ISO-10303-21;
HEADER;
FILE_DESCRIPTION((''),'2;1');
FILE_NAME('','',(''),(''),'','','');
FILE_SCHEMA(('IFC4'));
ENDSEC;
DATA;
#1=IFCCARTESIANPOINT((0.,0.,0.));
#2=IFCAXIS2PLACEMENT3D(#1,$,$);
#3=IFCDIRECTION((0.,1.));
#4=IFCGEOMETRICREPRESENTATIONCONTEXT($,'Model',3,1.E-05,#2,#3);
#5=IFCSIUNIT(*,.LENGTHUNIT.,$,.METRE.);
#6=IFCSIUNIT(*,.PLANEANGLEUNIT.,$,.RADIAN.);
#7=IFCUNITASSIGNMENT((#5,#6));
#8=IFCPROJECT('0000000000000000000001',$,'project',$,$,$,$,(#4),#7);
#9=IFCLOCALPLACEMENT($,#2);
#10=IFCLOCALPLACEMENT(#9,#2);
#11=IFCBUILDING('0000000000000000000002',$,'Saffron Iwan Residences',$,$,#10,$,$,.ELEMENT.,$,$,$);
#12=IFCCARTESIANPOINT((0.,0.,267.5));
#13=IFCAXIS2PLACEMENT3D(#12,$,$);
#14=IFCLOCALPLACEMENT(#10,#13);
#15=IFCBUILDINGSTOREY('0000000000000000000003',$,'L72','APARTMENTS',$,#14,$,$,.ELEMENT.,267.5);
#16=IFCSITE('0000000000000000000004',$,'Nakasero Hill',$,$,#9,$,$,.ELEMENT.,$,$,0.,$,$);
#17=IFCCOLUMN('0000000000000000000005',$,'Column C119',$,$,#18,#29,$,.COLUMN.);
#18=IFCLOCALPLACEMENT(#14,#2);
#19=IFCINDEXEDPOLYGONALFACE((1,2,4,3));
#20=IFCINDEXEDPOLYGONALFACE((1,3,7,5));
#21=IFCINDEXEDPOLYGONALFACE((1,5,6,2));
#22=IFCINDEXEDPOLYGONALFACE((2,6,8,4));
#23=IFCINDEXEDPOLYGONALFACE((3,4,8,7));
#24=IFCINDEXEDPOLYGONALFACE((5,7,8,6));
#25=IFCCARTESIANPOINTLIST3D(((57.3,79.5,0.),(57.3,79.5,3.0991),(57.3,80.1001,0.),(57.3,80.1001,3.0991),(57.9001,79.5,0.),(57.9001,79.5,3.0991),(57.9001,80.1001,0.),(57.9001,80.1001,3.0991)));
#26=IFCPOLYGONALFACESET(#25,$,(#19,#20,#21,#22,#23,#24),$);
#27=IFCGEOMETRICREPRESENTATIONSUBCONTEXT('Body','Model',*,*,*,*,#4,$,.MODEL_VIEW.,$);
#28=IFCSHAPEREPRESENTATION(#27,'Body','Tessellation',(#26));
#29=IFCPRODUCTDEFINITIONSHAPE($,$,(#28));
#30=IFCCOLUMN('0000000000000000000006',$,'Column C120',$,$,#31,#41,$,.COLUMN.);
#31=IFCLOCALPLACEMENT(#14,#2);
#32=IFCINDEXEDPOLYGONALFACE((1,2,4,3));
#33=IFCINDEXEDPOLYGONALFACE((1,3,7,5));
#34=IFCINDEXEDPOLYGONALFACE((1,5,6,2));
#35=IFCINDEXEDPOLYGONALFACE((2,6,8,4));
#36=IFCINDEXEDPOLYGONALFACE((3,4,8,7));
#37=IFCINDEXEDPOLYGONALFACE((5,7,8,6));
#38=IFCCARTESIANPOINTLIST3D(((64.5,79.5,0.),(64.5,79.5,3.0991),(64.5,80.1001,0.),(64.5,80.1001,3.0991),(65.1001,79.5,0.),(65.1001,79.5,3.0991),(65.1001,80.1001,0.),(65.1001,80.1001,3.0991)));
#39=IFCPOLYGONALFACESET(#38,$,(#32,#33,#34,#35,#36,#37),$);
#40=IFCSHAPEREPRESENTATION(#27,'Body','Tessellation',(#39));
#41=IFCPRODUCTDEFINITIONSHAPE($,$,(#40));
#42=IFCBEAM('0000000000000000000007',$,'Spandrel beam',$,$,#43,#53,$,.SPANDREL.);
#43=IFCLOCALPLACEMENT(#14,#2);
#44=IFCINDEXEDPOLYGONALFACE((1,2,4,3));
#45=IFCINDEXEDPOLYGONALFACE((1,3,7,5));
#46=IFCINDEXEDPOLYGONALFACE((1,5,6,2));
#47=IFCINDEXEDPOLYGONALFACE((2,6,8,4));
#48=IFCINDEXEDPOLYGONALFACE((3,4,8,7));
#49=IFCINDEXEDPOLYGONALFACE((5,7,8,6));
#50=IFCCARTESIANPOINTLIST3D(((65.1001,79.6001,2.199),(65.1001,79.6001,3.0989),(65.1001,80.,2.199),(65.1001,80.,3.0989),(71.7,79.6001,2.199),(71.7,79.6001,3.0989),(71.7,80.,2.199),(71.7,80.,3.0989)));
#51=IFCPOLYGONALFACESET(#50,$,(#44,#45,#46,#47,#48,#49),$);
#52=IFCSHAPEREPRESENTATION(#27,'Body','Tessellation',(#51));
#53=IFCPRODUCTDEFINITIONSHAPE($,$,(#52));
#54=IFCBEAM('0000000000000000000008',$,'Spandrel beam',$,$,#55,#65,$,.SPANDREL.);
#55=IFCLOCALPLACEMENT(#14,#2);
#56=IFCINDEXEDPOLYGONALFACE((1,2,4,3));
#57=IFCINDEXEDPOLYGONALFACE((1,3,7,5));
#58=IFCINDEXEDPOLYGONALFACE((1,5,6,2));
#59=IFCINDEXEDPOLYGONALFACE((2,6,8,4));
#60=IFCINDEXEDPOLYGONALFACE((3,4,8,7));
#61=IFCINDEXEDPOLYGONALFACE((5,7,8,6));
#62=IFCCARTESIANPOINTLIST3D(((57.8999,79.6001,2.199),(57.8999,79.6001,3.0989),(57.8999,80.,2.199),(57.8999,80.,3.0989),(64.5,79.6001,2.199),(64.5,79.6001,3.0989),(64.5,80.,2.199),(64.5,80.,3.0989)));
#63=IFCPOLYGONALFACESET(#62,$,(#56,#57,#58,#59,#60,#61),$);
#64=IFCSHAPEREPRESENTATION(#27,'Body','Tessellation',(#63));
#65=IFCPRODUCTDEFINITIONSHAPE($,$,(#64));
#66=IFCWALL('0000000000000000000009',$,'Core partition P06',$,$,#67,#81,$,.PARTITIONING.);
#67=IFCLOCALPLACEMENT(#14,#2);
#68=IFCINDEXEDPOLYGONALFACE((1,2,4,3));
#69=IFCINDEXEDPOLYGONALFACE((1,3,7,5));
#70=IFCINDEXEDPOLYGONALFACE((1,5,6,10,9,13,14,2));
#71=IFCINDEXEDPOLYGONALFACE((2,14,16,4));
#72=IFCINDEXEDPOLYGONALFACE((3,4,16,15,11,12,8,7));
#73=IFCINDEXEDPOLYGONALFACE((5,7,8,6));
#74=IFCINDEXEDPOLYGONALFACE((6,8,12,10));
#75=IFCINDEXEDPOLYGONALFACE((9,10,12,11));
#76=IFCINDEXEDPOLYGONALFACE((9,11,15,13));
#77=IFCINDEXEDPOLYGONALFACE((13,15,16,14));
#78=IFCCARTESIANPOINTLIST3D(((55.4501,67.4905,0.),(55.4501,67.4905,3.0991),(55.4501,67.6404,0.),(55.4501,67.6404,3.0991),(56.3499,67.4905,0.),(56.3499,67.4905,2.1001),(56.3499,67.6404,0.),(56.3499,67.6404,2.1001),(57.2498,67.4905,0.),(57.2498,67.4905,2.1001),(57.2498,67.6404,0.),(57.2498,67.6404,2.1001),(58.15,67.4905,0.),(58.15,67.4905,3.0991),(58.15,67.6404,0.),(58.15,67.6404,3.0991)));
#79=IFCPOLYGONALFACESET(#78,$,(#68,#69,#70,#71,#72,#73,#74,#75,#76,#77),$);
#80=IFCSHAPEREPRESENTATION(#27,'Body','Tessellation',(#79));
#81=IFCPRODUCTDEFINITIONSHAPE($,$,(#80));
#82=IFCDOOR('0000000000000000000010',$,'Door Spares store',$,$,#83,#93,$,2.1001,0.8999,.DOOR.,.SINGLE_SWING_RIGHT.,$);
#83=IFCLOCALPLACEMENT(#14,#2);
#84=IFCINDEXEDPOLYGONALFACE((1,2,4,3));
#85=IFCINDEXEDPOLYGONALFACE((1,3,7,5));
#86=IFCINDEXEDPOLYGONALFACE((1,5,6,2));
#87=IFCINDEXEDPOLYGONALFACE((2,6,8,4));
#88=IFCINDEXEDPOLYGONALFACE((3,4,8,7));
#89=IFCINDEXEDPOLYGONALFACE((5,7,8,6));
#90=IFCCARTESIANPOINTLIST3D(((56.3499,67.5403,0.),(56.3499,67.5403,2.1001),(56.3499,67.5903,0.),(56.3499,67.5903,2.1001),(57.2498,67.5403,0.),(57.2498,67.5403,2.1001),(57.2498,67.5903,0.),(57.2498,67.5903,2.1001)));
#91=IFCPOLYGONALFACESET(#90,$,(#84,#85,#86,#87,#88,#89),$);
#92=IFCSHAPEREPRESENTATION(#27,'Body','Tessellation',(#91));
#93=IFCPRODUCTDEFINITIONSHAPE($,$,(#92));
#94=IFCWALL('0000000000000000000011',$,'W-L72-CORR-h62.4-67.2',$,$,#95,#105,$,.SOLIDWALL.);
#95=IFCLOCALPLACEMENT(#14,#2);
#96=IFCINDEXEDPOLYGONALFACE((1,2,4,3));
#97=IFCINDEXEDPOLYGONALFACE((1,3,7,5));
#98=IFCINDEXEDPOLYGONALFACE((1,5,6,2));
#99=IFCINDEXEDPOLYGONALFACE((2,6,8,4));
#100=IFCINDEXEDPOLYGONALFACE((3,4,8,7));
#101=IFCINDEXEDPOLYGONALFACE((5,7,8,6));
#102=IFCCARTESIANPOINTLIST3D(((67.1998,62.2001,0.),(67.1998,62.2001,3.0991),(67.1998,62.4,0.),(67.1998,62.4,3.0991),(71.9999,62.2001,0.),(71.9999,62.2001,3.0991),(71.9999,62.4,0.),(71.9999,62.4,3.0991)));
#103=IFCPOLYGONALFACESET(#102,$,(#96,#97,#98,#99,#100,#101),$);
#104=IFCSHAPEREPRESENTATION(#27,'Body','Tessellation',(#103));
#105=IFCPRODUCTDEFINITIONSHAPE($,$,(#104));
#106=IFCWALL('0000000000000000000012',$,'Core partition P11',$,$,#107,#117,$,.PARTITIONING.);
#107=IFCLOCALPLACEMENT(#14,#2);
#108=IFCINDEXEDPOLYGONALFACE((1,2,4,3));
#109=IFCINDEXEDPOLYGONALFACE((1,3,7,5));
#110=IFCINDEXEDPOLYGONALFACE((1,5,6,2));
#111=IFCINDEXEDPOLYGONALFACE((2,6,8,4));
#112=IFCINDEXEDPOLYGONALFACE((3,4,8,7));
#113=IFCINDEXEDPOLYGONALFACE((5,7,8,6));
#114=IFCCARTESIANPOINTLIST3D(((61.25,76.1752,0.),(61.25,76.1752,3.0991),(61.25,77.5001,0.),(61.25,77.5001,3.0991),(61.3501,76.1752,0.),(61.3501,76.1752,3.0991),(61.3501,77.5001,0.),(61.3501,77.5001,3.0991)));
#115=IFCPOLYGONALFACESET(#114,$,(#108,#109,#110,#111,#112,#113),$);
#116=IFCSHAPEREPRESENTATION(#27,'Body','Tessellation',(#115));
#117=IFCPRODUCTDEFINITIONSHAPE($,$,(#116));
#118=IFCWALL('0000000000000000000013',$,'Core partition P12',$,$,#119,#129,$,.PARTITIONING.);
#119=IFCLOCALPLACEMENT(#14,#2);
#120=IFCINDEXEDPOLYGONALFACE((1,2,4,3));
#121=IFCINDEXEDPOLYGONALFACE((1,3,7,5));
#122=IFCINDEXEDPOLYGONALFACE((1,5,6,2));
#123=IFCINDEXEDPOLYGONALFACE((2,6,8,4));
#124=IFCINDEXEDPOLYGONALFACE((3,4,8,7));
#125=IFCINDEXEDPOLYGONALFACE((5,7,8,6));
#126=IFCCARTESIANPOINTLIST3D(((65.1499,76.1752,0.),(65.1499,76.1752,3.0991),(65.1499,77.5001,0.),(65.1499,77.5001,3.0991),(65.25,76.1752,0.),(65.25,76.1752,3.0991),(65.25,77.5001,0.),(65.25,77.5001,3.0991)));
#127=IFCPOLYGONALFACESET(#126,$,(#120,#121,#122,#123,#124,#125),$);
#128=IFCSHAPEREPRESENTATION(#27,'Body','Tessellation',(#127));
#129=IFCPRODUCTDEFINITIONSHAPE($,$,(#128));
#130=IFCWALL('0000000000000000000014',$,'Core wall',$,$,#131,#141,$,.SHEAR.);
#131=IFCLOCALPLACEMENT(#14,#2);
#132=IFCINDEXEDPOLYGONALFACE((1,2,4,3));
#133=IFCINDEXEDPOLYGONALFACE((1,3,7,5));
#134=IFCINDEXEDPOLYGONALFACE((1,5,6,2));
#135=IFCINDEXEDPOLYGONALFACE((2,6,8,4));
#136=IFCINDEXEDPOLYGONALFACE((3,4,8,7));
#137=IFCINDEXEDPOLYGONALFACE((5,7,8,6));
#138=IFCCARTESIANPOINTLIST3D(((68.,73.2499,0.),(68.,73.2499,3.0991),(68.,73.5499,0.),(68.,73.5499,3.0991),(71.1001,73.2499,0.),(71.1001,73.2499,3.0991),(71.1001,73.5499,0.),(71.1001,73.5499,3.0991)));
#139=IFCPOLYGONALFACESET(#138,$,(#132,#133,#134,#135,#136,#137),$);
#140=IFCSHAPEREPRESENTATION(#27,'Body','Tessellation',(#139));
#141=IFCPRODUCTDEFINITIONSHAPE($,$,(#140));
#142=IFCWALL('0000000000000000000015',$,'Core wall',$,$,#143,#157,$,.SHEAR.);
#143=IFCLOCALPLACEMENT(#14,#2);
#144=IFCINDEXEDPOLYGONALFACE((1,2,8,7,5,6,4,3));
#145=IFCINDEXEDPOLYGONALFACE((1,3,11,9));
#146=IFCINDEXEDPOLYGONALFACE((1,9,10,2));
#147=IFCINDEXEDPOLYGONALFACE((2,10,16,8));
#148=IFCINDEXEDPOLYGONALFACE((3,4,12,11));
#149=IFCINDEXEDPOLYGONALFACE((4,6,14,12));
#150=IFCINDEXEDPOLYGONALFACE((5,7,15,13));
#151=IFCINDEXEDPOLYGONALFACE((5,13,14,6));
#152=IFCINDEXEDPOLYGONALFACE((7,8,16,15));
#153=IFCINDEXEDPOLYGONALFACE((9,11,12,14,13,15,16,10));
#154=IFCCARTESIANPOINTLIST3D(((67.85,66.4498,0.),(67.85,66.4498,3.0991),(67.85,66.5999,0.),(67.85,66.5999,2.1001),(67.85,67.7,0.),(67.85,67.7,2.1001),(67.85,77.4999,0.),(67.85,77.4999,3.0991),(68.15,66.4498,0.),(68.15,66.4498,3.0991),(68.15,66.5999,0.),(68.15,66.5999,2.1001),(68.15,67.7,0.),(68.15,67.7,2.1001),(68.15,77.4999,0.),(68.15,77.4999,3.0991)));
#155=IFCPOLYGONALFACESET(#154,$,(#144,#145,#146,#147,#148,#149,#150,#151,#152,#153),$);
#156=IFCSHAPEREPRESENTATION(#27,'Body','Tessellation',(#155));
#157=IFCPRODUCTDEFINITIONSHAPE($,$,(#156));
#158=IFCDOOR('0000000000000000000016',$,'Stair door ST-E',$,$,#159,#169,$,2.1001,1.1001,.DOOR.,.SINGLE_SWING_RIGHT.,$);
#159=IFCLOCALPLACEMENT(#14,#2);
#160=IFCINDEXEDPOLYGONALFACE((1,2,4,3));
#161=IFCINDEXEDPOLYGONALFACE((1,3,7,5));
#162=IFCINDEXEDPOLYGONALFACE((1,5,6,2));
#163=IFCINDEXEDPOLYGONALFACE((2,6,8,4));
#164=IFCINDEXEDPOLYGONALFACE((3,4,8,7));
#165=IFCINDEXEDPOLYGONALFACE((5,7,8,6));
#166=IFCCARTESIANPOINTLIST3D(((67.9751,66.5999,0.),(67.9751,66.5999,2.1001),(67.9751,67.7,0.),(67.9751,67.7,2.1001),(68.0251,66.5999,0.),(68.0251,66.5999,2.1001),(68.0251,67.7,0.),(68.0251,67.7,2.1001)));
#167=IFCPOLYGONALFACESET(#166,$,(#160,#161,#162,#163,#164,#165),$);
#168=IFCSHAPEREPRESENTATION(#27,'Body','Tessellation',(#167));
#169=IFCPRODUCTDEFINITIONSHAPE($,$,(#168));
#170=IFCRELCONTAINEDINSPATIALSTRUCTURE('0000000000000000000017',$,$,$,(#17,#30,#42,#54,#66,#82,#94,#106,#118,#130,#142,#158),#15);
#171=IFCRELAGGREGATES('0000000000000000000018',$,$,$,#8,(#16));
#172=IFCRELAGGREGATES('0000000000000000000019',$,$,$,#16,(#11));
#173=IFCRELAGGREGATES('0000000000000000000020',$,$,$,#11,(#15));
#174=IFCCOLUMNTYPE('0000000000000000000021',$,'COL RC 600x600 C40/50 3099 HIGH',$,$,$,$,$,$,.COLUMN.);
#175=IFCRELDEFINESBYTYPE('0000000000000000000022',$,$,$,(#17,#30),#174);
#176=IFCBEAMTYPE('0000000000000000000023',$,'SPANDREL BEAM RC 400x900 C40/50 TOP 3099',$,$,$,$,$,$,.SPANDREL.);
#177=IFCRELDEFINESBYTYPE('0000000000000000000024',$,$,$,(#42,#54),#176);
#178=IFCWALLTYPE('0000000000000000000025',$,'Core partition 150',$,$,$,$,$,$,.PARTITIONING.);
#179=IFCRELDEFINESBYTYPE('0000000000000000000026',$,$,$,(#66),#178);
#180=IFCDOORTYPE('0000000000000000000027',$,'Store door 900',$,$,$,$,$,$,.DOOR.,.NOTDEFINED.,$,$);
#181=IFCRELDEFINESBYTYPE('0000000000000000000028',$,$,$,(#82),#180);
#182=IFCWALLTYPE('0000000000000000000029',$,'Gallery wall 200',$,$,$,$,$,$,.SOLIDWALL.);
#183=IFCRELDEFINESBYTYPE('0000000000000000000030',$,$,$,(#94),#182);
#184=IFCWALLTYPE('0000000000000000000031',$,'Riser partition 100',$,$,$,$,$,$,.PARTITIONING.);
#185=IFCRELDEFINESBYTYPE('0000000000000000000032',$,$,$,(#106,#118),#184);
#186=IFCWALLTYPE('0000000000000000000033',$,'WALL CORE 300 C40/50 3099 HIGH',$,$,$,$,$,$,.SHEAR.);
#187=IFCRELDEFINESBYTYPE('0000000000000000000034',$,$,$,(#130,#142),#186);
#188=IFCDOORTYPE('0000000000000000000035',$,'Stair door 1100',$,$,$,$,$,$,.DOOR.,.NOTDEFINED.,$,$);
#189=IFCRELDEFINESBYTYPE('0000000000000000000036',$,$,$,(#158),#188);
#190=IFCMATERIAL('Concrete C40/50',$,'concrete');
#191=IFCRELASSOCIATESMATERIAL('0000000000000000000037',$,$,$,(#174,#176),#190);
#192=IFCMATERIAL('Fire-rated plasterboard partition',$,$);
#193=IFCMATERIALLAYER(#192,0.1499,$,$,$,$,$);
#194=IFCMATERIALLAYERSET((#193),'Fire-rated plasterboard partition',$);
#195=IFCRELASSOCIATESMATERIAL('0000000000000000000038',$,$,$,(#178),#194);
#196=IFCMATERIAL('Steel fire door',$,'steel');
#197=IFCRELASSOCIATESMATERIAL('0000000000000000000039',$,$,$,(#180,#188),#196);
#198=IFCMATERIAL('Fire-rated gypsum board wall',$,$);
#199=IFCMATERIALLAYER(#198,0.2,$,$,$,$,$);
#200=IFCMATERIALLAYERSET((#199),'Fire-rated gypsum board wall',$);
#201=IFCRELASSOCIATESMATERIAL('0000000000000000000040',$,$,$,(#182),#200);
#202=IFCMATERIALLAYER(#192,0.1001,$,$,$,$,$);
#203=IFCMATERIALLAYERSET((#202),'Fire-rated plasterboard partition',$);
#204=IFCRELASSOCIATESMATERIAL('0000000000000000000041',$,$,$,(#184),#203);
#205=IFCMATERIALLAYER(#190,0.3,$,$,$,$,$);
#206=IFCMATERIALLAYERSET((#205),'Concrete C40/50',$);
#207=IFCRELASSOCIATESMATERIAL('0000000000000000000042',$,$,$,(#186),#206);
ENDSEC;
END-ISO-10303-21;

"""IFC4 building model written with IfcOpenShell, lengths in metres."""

from ifc_helpers import new_model, si_unit, direction, frame, frame_2d, origin, origin_2d, place, context, subcontext, project, spatial, rectangle, extrude, source, transform, mapped, material, layer, layer_set, material_profile, profile_set, type_object, element, fill, save


model = new_model("IFC4")

# Units and contexts
model_context = context("Model", 3, precision=1e-05, world=origin(), true_north=direction((0.0, 1.0)))
body_context = subcontext(model_context, "Body", "Model", "MODEL_VIEW")
ifc_project = project(units=[si_unit("LENGTHUNIT", "METRE"), si_unit("PLANEANGLEUNIT", "RADIAN")], contexts=[model_context])

# Site, building, storey
site_placement = place(None, origin())
site = spatial("IfcSite", under=ifc_project, at=site_placement, Name="Nakasero Hill", CompositionType="ELEMENT", RefElevation=0.0)
building_placement = place(site_placement, origin())
building = spatial("IfcBuilding", under=site, at=building_placement, Name="Saffron Iwan Residences", CompositionType="ELEMENT")
storey_placement = place(building_placement, frame((0.0, 0.0, 267.5)))
storey = spatial("IfcBuildingStorey", under=building, at=storey_placement, Name="L72", Description="APARTMENTS", CompositionType="ELEMENT", Elevation=267.5)

# Columns
ifc_material_1 = material(Name="Concrete C40/50", Category="concrete")
ifc_material_profile_1 = material_profile(ifc_material_1, rectangle(XDim=0.6001, YDim=0.6001, at=origin_2d()), Name="RC 600x600")
ifc_profile_set_1 = profile_set([ifc_material_profile_1], Name="Concrete C40/50")
column_type = type_object("IfcColumnType", Name="COL RC 600x600 C40/50 3099 HIGH", PredefinedType="COLUMN", material=ifc_profile_set_1)
shared_shape_1 = source(origin(), body_context, "Body", "SweptSolid", [
    extrude(rectangle(XDim=0.6001, YDim=0.6001, at=origin_2d()), origin(), (0.0, 0.0, 1.0), 3.0991),
])
for number, where, z_axis, x_axis, name in (
    (1, (57.6001, 79.8, 0.0), (0.0, 0.0, 1.0), (1.0, 0.0, 0.0), "Column C119"),
    (2, (64.8, 79.8, 0.0), (0.0, 0.0, 1.0), (1.0, 0.0, 0.0), "Column C120"),
):
    element("IfcColumn", number, at=place(storey_placement, frame(where, z_axis=z_axis, x_axis=x_axis)), inside=storey, type_object=column_type, Name=name, PredefinedType="COLUMN", context=body_context, shape_type="MappedRepresentation", body=[
        mapped(shared_shape_1, transform((0.0, 0.0, 0.0))),
    ])

# Beams
ifc_material_profile_2 = material_profile(ifc_material_1, rectangle(XDim=0.3999, YDim=0.8999, at=origin_2d()), Name="RC 400x900")
ifc_profile_set_2 = profile_set([ifc_material_profile_2], Name="Concrete C40/50")
beam_type = type_object("IfcBeamType", Name="SPANDREL BEAM RC 400x900 C40/50 TOP 3099", PredefinedType="SPANDREL", material=ifc_profile_set_2)
shared_shape_2 = source(origin(), body_context, "Body", "SweptSolid", [
    extrude(rectangle(XDim=0.3999, YDim=0.8999, at=origin_2d()), origin(), (0.0, 0.0, 1.0), 6.5999),
])
beam_1_placement = place(storey_placement, frame((65.1001, 79.8, 2.6489), z_axis=(1.0, 0.0, 0.0), x_axis=(0.0, 1.0, 0.0)))
element("IfcBeam", 3, at=beam_1_placement, inside=storey, type_object=beam_type, Name="Spandrel beam", PredefinedType="SPANDREL", context=body_context, shape_type="MappedRepresentation", body=[
    mapped(shared_shape_2, transform((0.0, 0.0, 0.0))),
])
shared_shape_3 = source(origin(), body_context, "Body", "SweptSolid", [
    extrude(rectangle(XDim=0.3999, YDim=0.8999, at=origin_2d()), origin(), (0.0, 0.0, 1.0), 6.6001),
])
beam_2_placement = place(storey_placement, frame((57.8999, 79.8, 2.6489), z_axis=(1.0, 0.0, 0.0), x_axis=(0.0, 1.0, 0.0)))
element("IfcBeam", 4, at=beam_2_placement, inside=storey, type_object=beam_type, Name="Spandrel beam", PredefinedType="SPANDREL", context=body_context, shape_type="MappedRepresentation", body=[
    mapped(shared_shape_3, transform((0.0, 0.0, 0.0))),
])

# Wall, opening, door
ifc_material_2 = material(Name="Fire-rated plasterboard partition")
ifc_layer_1 = layer(ifc_material_2, 0.1499)
ifc_layer_set_1 = layer_set([ifc_layer_1], Name="Fire-rated plasterboard partition")
wall_type_1 = type_object("IfcWallType", Name="Core partition 150", PredefinedType="PARTITIONING", material=ifc_layer_set_1)
wall_1_placement = place(storey_placement, frame((55.45, 67.5654, 0.0), z_axis=(0.0, 0.0, 1.0), x_axis=(1.0, 0.0, 0.0)))
wall_1 = element("IfcWall", 5, at=wall_1_placement, inside=storey, type_object=wall_type_1, Name="Core partition P06", PredefinedType="PARTITIONING", context=body_context, shape_type="SweptSolid", body=[
    extrude(rectangle(XDim=2.7, YDim=0.1499, at=frame_2d((1.3501, 0.0))), origin(), (0.0, 0.0, 1.0), 3.0991),
])
opening_1_placement = place(wall_1_placement, frame((0.8999, 0.0, 0.0)))
opening_1 = element("IfcOpeningElement", 6, at=opening_1_placement, cuts=wall_1, PredefinedType="OPENING", context=body_context, shape_type="SweptSolid", body=[
    extrude(rectangle(XDim=0.8999, YDim=2.1001, at=frame_2d((0.45, 1.05))), frame((0.0, 0.085, 0.0), z_axis=(0.0, -1.0, 0.0), x_axis=(1.0, 0.0, 0.0)), (0.0, 0.0, 1.0), 0.1699),
])
ifc_material_3 = material(Name="Steel fire door", Category="steel")
door_type_1 = type_object("IfcDoorType", Name="Store door 900", OperationType="NOTDEFINED", PredefinedType="DOOR", material=ifc_material_3)
door_1_placement = place(opening_1_placement, origin())
door_1 = element("IfcDoor", 7, at=door_1_placement, inside=storey, type_object=door_type_1, Name="Door Spares store", OperationType="SINGLE_SWING_RIGHT", OverallHeight=2.1001, OverallWidth=0.8999, PredefinedType="DOOR", context=body_context, shape_type="SweptSolid", body=[
    extrude(rectangle(XDim=0.8999, YDim=2.1001, at=frame_2d((0.45, 1.05))), frame((0.0, 0.0249, 0.0), z_axis=(0.0, -1.0, 0.0), x_axis=(1.0, 0.0, 0.0)), (0.0, 0.0, 1.0), 0.05),
])
fill(opening_1, door_1)

# Walls
ifc_material_4 = material(Name="Fire-rated gypsum board wall")
ifc_layer_2 = layer(ifc_material_4, 0.2)
ifc_layer_set_2 = layer_set([ifc_layer_2], Name="Fire-rated gypsum board wall")
wall_type_2 = type_object("IfcWallType", Name="Gallery wall 200", PredefinedType="SOLIDWALL", material=ifc_layer_set_2)
wall_2_placement = place(storey_placement, frame((67.2, 62.3, 0.0), z_axis=(0.0, 0.0, 1.0), x_axis=(1.0, 0.0, 0.0)))
element("IfcWall", 8, at=wall_2_placement, inside=storey, type_object=wall_type_2, Name="W-L72-CORR-h62.4-67.2", PredefinedType="SOLIDWALL", context=body_context, shape_type="SweptSolid", body=[
    extrude(rectangle(XDim=4.8, YDim=0.2, at=frame_2d((2.3999, 0.0))), origin(), (0.0, 0.0, 1.0), 3.0991),
])
ifc_layer_3 = layer(ifc_material_2, 0.1001)
ifc_layer_set_3 = layer_set([ifc_layer_3], Name="Fire-rated plasterboard partition")
wall_type_3 = type_object("IfcWallType", Name="Riser partition 100", PredefinedType="PARTITIONING", material=ifc_layer_set_3)
for number, where, z_axis, x_axis, name in (
    (9, (61.3, 76.175, 0.0), (0.0, 0.0, 1.0), (0.0, 1.0, 0.0), "Core partition P11"),
    (10, (65.2, 76.175, 0.0), (0.0, 0.0, 1.0), (0.0, 1.0, 0.0), "Core partition P12"),
):
    element("IfcWall", number, at=place(storey_placement, frame(where, z_axis=z_axis, x_axis=x_axis)), inside=storey, type_object=wall_type_3, Name=name, PredefinedType="PARTITIONING", context=body_context, shape_type="SweptSolid", body=[
        extrude(rectangle(XDim=1.325, YDim=0.1001, at=frame_2d((0.6626, 0.0))), origin(), (0.0, 0.0, 1.0), 3.0991),
    ])
ifc_layer_4 = layer(ifc_material_1, 0.3)
ifc_layer_set_4 = layer_set([ifc_layer_4], Name="Concrete C40/50")
wall_type_4 = type_object("IfcWallType", Name="WALL CORE 300 C40/50 3099 HIGH", PredefinedType="SHEAR", material=ifc_layer_set_4)
wall_3_placement = place(storey_placement, frame((68.0, 73.3999, 0.0), z_axis=(0.0, 0.0, 1.0), x_axis=(1.0, 0.0, 0.0)))
element("IfcWall", 11, at=wall_3_placement, inside=storey, type_object=wall_type_4, Name="Core wall", PredefinedType="SHEAR", context=body_context, shape_type="SweptSolid", body=[
    extrude(rectangle(XDim=3.1001, YDim=0.3, at=frame_2d((1.55, 0.0))), origin(), (0.0, 0.0, 1.0), 3.0991),
])

# Wall, opening, door
wall_4_placement = place(storey_placement, frame((68.0, 66.45, 0.0), z_axis=(0.0, 0.0, 1.0), x_axis=(0.0, 1.0, 0.0)))
wall_4 = element("IfcWall", 12, at=wall_4_placement, inside=storey, type_object=wall_type_4, Name="Core wall", PredefinedType="SHEAR", context=body_context, shape_type="SweptSolid", body=[
    extrude(rectangle(XDim=11.05, YDim=0.3, at=frame_2d((5.5249, 0.0))), origin(), (0.0, 0.0, 1.0), 3.0991),
])
opening_2_placement = place(wall_4_placement, frame((0.1499, 0.0, 0.0)))
opening_2 = element("IfcOpeningElement", 13, at=opening_2_placement, cuts=wall_4, PredefinedType="OPENING", context=body_context, shape_type="SweptSolid", body=[
    extrude(rectangle(XDim=1.1001, YDim=2.1001, at=frame_2d((0.55, 1.05))), frame((0.0, 0.1602, 0.0), z_axis=(0.0, -1.0, 0.0), x_axis=(1.0, 0.0, 0.0)), (0.0, 0.0, 1.0), 0.3201),
])
door_type_2 = type_object("IfcDoorType", Name="Stair door 1100", OperationType="NOTDEFINED", PredefinedType="DOOR", material=ifc_material_3)
door_2_placement = place(opening_2_placement, origin())
door_2 = element("IfcDoor", 14, at=door_2_placement, inside=storey, type_object=door_type_2, Name="Stair door ST-E", OperationType="SINGLE_SWING_RIGHT", OverallHeight=2.1001, OverallWidth=1.1001, PredefinedType="DOOR", context=body_context, shape_type="SweptSolid", body=[
    extrude(rectangle(XDim=1.1001, YDim=2.1001, at=frame_2d((0.55, 1.05))), frame((0.0, 0.0249, 0.0), z_axis=(0.0, -1.0, 0.0), x_axis=(1.0, 0.0, 0.0)), (0.0, 0.0, 1.0), 0.05),
])
fill(opening_2, door_2)

save(model, "model.ifc")
